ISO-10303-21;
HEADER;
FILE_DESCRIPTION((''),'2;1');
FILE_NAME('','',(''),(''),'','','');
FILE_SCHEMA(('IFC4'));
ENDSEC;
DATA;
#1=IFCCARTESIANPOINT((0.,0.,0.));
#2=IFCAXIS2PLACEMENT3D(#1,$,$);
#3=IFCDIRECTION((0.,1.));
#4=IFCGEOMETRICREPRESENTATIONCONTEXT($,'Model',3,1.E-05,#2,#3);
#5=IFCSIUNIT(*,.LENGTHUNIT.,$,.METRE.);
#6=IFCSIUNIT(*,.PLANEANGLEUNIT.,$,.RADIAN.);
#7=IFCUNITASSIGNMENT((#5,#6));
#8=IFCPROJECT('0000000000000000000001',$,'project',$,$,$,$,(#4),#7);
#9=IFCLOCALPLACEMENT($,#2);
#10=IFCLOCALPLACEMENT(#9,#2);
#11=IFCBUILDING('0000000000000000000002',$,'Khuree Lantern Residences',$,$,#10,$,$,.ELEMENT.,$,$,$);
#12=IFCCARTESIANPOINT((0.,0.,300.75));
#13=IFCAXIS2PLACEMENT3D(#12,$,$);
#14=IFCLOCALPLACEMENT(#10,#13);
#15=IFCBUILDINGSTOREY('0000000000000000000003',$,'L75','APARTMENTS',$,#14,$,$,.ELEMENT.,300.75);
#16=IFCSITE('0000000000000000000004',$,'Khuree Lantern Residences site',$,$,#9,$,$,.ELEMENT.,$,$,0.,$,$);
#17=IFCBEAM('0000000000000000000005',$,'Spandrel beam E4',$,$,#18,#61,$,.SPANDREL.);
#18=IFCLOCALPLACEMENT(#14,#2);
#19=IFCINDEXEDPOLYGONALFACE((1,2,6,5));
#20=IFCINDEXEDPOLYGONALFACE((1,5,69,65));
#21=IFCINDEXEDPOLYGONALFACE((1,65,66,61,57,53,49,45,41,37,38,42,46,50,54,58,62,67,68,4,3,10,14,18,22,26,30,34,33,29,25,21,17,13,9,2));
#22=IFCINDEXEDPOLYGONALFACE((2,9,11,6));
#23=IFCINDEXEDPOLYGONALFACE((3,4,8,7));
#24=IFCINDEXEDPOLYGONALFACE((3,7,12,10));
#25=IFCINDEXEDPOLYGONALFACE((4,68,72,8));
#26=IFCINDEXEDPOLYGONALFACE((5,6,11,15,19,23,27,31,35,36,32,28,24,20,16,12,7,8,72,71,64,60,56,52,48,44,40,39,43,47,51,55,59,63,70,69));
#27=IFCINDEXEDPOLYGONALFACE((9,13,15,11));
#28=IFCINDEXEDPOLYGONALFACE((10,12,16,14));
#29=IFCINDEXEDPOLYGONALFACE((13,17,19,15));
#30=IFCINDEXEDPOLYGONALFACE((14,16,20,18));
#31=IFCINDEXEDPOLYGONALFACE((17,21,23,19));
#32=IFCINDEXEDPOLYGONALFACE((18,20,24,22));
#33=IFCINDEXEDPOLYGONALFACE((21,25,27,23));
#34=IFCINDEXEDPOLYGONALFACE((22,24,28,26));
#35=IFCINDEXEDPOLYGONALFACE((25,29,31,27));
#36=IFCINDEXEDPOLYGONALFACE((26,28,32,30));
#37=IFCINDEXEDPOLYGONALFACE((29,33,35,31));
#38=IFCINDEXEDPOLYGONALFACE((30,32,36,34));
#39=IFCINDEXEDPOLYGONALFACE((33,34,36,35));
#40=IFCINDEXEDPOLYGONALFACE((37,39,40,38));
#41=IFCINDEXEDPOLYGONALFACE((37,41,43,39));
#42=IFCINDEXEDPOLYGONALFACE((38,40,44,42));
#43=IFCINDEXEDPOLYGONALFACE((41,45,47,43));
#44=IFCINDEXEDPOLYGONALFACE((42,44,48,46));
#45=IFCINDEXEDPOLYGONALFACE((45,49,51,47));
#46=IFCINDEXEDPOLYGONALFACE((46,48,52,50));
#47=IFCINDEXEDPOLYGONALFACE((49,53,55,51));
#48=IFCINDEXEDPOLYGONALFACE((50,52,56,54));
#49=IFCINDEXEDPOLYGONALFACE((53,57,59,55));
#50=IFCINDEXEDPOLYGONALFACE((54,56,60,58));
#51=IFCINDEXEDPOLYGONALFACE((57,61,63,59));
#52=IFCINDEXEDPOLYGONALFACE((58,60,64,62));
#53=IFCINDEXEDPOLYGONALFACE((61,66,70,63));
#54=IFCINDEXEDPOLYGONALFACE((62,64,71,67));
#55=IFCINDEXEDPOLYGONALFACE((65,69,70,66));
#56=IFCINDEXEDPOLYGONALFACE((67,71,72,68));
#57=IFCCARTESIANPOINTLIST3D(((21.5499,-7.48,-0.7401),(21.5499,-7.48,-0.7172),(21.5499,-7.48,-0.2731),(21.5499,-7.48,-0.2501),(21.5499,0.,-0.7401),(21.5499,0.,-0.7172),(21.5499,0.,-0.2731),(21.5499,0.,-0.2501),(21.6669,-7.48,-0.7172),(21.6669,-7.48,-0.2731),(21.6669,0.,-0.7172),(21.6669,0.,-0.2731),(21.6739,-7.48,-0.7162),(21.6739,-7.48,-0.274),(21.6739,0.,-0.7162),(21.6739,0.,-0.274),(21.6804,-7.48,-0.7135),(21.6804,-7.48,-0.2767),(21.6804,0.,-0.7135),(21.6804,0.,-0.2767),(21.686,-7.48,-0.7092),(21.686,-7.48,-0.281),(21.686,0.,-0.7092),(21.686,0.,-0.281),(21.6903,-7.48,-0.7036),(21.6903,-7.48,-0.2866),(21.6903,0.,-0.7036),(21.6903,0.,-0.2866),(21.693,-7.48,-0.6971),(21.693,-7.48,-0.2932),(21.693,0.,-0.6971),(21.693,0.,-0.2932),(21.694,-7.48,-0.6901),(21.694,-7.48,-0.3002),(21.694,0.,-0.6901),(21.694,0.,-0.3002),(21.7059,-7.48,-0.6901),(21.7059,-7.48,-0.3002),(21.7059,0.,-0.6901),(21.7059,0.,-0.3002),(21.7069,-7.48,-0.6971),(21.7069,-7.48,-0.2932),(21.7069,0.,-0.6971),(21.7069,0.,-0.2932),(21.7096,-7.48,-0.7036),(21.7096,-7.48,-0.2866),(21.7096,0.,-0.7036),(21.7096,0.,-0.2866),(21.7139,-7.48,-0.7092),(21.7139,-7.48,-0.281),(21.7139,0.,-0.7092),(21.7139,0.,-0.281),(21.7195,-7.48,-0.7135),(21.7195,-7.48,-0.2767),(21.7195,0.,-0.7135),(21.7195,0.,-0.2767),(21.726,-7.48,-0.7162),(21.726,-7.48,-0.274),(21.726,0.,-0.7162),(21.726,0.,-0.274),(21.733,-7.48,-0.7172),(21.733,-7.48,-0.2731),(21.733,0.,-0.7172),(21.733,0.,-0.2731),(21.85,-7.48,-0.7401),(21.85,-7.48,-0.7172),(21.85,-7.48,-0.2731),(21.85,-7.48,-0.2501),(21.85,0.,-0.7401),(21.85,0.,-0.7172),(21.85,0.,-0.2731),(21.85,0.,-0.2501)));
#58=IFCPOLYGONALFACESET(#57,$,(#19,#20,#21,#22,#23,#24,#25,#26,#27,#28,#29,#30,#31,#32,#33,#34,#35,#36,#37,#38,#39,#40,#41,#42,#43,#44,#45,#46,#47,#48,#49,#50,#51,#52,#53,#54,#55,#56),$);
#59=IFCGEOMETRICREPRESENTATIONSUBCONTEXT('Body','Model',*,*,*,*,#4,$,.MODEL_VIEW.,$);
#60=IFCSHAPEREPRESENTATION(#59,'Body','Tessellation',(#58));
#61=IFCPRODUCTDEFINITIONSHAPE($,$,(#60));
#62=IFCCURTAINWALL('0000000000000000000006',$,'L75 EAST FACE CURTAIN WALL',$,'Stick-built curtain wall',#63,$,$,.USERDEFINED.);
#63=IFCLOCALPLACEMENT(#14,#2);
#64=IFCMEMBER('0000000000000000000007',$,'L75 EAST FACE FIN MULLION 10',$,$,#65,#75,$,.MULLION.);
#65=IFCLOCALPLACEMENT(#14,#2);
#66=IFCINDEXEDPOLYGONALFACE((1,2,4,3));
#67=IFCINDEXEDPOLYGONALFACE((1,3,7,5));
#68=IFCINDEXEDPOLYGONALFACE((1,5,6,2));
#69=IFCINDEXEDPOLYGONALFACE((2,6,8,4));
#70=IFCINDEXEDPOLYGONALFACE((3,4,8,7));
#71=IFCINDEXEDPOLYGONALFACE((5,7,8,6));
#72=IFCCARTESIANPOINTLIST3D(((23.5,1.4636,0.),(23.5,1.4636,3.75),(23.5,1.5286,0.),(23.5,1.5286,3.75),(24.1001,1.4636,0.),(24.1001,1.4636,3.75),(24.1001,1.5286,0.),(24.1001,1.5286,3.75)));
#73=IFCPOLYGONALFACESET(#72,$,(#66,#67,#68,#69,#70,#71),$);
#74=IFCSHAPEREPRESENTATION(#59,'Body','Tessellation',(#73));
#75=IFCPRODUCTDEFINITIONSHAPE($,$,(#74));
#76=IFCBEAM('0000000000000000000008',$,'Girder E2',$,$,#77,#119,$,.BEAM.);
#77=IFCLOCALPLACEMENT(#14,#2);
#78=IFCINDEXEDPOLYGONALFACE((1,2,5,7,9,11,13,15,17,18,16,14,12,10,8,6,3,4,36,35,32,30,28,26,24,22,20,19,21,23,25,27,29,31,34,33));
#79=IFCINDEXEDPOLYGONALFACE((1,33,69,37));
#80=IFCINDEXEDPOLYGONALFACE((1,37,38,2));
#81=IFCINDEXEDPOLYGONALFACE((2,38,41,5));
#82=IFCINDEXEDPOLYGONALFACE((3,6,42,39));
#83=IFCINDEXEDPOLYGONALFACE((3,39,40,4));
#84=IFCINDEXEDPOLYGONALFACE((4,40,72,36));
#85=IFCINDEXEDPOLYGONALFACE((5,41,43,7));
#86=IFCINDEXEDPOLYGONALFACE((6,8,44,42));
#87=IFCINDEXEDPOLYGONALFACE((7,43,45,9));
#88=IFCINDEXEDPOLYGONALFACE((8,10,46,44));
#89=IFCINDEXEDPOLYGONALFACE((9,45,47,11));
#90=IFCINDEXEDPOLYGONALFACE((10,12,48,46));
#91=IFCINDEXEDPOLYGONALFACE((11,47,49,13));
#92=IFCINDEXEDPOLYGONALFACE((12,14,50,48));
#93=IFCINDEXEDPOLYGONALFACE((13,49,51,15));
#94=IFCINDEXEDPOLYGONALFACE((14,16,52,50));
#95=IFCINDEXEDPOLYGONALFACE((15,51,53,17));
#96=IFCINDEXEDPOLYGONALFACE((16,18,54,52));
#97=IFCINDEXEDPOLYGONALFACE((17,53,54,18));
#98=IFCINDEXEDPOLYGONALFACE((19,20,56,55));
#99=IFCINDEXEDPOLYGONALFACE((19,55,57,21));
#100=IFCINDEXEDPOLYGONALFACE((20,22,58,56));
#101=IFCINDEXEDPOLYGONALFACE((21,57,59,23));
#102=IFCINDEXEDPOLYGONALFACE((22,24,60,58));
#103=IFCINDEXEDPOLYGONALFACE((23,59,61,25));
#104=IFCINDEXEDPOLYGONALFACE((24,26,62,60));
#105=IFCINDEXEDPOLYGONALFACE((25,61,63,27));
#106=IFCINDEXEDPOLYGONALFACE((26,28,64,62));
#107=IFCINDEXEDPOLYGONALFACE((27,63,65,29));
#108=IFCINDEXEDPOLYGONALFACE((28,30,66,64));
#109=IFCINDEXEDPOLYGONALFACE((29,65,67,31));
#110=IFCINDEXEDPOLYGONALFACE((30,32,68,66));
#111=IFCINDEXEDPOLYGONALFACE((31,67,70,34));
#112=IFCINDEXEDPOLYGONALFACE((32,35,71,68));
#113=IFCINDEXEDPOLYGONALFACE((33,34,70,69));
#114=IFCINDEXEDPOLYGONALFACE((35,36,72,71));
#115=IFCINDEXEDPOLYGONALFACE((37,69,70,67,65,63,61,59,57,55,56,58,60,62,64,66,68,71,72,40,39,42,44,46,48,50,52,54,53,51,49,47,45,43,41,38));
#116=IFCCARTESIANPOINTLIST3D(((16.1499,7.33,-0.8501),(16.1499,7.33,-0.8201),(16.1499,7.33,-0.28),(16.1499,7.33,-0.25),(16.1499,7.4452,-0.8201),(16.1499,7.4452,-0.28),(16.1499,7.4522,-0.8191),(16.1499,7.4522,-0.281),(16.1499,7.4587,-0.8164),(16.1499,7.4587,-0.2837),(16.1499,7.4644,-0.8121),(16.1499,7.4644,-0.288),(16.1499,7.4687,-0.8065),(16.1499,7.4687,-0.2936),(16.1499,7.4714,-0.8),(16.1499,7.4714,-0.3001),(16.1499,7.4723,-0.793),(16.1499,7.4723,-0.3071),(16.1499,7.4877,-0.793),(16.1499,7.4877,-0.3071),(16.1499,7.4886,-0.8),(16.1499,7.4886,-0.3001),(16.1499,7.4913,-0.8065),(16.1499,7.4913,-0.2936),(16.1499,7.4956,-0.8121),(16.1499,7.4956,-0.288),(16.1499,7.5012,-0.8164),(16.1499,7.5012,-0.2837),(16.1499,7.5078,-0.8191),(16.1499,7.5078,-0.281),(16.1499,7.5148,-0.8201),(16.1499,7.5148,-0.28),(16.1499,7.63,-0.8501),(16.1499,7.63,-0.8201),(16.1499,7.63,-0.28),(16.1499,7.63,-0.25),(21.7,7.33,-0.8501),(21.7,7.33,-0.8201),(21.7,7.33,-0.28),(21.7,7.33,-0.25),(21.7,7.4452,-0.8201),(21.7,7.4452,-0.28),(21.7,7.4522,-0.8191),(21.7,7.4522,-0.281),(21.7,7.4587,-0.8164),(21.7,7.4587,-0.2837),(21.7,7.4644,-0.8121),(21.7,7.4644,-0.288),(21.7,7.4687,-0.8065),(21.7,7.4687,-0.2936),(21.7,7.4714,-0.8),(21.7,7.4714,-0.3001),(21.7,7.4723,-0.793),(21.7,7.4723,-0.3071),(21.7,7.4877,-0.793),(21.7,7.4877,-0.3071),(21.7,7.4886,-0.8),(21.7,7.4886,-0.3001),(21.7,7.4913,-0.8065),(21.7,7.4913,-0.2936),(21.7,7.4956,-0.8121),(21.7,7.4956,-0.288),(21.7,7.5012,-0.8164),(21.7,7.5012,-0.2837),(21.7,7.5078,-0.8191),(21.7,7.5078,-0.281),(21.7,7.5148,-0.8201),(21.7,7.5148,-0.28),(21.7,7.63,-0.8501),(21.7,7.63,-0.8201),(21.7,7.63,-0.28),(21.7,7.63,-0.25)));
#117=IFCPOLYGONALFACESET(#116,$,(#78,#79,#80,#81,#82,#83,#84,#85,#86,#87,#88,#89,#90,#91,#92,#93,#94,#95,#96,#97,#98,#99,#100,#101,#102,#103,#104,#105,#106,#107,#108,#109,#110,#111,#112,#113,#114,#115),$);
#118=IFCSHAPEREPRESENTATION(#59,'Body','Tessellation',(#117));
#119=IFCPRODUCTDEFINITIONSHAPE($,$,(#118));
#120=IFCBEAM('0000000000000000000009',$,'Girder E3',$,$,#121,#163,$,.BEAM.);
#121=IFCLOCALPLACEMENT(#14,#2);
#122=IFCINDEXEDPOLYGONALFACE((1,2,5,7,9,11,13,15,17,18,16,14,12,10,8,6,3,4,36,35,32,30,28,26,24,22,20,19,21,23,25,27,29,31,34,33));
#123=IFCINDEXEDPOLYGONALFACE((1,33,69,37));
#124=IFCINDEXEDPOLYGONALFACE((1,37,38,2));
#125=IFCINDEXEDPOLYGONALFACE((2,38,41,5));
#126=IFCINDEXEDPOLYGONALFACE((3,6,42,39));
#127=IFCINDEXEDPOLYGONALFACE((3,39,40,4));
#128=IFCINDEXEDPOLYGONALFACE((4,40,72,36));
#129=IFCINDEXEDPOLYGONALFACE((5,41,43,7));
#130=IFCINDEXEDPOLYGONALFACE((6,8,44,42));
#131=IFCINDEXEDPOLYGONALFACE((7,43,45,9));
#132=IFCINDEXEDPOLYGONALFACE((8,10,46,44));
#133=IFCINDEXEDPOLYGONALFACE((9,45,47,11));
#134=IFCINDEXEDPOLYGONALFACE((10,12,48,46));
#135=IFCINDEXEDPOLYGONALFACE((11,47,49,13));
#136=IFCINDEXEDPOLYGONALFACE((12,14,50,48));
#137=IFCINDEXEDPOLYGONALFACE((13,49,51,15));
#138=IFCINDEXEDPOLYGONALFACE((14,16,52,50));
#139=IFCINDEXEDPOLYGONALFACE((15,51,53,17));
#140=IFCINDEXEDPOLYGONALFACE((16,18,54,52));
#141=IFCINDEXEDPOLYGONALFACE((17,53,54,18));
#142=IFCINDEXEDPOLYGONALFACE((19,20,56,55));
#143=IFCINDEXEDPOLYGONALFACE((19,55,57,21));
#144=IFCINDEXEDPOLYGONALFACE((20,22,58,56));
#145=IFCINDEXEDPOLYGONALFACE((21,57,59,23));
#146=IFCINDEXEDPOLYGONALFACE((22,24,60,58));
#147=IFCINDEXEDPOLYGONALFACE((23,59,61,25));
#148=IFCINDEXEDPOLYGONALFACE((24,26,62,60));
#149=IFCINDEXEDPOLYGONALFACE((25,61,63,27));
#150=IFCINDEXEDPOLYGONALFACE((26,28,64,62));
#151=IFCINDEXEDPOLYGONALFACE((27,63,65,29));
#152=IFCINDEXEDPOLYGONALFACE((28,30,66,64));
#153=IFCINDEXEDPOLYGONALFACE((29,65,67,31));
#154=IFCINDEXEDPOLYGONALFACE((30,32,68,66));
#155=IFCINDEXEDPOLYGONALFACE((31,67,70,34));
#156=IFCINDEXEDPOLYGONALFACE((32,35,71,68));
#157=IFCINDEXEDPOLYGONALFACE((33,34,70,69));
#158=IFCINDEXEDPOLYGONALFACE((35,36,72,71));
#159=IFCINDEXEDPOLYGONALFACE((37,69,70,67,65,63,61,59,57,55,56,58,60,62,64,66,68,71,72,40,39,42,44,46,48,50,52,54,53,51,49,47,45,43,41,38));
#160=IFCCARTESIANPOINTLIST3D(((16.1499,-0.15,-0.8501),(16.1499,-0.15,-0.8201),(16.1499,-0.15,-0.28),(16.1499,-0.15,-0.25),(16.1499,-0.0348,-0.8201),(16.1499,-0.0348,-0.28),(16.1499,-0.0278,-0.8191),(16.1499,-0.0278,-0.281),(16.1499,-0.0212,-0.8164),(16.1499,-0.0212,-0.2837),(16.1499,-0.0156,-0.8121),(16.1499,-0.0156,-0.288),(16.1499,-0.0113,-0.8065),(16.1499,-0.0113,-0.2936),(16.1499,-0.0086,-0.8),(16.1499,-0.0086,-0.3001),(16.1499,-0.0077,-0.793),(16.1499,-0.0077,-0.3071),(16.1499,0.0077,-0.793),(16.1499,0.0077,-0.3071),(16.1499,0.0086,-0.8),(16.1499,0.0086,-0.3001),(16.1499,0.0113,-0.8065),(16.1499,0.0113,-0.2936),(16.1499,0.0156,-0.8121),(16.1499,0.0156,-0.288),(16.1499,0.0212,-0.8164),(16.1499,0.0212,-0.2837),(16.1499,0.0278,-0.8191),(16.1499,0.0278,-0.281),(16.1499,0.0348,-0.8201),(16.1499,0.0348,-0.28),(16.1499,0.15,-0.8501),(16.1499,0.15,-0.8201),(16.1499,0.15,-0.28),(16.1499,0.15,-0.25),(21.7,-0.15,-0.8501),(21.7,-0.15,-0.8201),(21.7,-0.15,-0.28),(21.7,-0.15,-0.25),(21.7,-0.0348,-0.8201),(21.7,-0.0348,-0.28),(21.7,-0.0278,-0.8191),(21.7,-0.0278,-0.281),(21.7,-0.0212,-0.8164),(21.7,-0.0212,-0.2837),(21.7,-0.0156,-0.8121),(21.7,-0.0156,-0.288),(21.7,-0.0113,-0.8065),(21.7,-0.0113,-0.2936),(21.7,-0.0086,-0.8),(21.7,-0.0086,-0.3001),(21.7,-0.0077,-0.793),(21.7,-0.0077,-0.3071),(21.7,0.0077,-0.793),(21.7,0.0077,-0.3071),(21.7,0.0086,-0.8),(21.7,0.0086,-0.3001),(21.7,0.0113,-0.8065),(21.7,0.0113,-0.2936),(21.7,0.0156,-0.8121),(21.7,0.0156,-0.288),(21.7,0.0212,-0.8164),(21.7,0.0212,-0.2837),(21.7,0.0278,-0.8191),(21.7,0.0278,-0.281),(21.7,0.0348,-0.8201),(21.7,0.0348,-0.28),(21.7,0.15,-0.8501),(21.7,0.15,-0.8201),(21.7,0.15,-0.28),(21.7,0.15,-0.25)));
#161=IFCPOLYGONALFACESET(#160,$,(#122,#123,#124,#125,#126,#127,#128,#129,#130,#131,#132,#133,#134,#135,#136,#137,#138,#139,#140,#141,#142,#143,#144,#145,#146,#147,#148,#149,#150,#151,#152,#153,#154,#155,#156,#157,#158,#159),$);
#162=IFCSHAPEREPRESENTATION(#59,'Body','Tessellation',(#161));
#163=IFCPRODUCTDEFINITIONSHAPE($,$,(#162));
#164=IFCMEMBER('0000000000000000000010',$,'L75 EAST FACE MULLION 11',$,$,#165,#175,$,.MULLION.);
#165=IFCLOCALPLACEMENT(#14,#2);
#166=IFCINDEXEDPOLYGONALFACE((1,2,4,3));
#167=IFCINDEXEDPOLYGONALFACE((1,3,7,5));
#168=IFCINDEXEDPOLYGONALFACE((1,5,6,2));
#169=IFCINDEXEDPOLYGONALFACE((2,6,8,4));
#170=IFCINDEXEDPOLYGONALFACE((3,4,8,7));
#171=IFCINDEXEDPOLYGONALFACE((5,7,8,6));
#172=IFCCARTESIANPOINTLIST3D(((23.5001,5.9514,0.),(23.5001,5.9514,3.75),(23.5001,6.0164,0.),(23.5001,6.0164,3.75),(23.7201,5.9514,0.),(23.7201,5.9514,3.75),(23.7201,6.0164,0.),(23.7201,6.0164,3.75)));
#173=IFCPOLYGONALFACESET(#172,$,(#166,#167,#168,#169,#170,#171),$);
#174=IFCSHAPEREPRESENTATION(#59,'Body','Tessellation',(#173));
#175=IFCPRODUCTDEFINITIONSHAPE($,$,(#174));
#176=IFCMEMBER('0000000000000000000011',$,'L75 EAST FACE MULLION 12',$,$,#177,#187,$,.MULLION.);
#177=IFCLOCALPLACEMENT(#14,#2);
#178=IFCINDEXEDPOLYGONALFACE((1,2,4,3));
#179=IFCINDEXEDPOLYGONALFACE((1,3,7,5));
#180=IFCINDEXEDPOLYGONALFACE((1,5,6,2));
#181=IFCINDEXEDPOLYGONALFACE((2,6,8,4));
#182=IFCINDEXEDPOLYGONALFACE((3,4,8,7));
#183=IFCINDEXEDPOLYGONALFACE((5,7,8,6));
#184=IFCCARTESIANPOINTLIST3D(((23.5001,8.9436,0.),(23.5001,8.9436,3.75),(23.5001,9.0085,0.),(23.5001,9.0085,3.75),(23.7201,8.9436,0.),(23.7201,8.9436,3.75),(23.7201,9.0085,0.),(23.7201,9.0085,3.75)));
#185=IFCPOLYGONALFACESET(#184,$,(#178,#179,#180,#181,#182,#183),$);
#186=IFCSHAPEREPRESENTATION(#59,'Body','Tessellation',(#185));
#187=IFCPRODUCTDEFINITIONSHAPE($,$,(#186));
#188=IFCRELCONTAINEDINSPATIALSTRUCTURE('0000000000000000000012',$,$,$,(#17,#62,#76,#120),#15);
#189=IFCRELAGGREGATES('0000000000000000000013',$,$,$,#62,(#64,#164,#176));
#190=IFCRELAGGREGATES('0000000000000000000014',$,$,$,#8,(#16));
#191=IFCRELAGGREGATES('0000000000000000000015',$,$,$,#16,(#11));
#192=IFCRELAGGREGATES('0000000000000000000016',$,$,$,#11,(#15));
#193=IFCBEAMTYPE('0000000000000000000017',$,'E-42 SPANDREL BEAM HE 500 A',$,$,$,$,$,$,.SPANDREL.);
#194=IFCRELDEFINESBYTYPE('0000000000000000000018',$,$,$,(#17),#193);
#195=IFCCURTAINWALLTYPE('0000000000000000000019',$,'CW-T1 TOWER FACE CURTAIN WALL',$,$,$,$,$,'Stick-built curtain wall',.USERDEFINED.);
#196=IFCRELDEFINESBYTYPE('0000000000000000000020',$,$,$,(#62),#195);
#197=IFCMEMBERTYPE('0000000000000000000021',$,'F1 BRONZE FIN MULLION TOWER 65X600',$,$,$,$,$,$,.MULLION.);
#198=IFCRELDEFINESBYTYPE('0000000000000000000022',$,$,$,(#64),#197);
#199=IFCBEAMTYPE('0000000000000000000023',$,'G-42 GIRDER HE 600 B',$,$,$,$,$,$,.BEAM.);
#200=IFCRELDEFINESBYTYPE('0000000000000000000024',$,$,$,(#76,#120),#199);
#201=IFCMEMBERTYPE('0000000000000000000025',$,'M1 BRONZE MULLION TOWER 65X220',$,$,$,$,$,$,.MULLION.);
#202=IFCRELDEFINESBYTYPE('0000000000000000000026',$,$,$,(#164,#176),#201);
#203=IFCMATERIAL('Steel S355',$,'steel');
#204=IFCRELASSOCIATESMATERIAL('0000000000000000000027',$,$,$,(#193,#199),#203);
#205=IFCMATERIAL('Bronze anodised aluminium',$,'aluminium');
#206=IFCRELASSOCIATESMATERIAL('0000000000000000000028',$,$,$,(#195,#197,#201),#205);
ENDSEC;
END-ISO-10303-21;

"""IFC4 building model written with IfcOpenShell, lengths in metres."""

from ifc_helpers import new_model, si_unit, direction, frame, origin, origin_2d, place, context, subcontext, project, spatial, rectangle, i_section, extrude, material, material_profile, profile_set, type_object, element, aggregate, save


model = new_model("IFC4")

# Units and contexts
model_context = context("Model", 3, precision=1e-05, world=origin(), true_north=direction((0.0, 1.0)))
body_context = subcontext(model_context, "Body", "Model", "MODEL_VIEW")
ifc_project = project(units=[si_unit("LENGTHUNIT", "METRE"), si_unit("PLANEANGLEUNIT", "RADIAN")], contexts=[model_context])

# Site, building, storey
site_placement = place(None, origin())
site = spatial("IfcSite", under=ifc_project, at=site_placement, Name="Khuree Lantern Residences site", CompositionType="ELEMENT", RefElevation=0.0)
building_placement = place(site_placement, origin())
building = spatial("IfcBuilding", under=site, at=building_placement, Name="Khuree Lantern Residences", CompositionType="ELEMENT")
storey_placement = place(building_placement, frame((0.0, 0.0, 300.75)))
storey = spatial("IfcBuildingStorey", under=building, at=storey_placement, Name="L75", Description="APARTMENTS", CompositionType="ELEMENT", Elevation=300.75)

# Beam
ifc_material_1 = material(Name="Steel S355", Category="steel")
ifc_material_profile_1 = material_profile(ifc_material_1, i_section(OverallWidth=0.3, OverallDepth=0.49, WebThickness=0.012, FlangeThickness=0.0229, FilletRadius=0.0271, at=origin_2d()), Name="HE 500 A")
ifc_profile_set_1 = profile_set([ifc_material_profile_1], Name="Steel S355")
beam_type_1 = type_object("IfcBeamType", Name="E-42 SPANDREL BEAM HE 500 A", PredefinedType="SPANDREL", material=ifc_profile_set_1)
for number, where, z_axis, x_axis, name in (
    (1, (21.7, 0.0, -0.4951), (0.0, -1.0, 0.0), (1.0, 0.0, 0.0), "Spandrel beam E4"),
):
    element("IfcBeam", number, at=place(storey_placement, frame(where, z_axis=z_axis, x_axis=x_axis)), inside=storey, type_object=beam_type_1, Name=name, PredefinedType="SPANDREL", context=body_context, shape_type="SweptSolid", body=[
        extrude(i_section(OverallWidth=0.3, OverallDepth=0.49, WebThickness=0.012, FlangeThickness=0.0229, FilletRadius=0.0271, at=origin_2d()), origin(), (0.0, 0.0, 1.0), 7.48),
    ])

# Curtain wall, member
ifc_material_2 = material(Name="Bronze anodised aluminium", Category="aluminium")
curtain_wall_type = type_object("IfcCurtainWallType", Name="CW-T1 TOWER FACE CURTAIN WALL", ElementType="Stick-built curtain wall", PredefinedType="USERDEFINED", material=ifc_material_2)
curtain_wall_placement = place(storey_placement, origin())
curtain_wall = element("IfcCurtainWall", 2, at=curtain_wall_placement, inside=storey, type_object=curtain_wall_type, Name="L75 EAST FACE CURTAIN WALL", ObjectType="Stick-built curtain wall", PredefinedType="USERDEFINED")
ifc_material_profile_2 = material_profile(ifc_material_2, rectangle(XDim=0.0649, YDim=0.6001, at=origin_2d()), Name="F1 65X600")
ifc_profile_set_2 = profile_set([ifc_material_profile_2], Name="Bronze anodised aluminium")
member_type_1 = type_object("IfcMemberType", Name="F1 BRONZE FIN MULLION TOWER 65X600", PredefinedType="MULLION", material=ifc_profile_set_2)
member_1_placement = place(storey_placement, frame((23.8, 1.4961, 0.0), z_axis=(0.0, 0.0, 1.0), x_axis=(0.0, 1.0, 0.0)))
member_1 = element("IfcMember", 3, at=member_1_placement, type_object=member_type_1, Name="L75 EAST FACE FIN MULLION 10", PredefinedType="MULLION", context=body_context, shape_type="SweptSolid", body=[
    extrude(rectangle(XDim=0.0649, YDim=0.6001, at=origin_2d()), origin(), (0.0, 0.0, 1.0), 3.75),
])

# Beams
ifc_material_profile_3 = material_profile(ifc_material_1, i_section(OverallWidth=0.3, OverallDepth=0.6001, WebThickness=0.0154, FlangeThickness=0.03, FilletRadius=0.0271, at=origin_2d()), Name="HE 600 B")
ifc_profile_set_3 = profile_set([ifc_material_profile_3], Name="Steel S355")
beam_type_2 = type_object("IfcBeamType", Name="G-42 GIRDER HE 600 B", PredefinedType="BEAM", material=ifc_profile_set_3)
for number, where, z_axis, x_axis, name in (
    (4, (21.7, 7.48, -0.55), (-1.0, 0.0, 0.0), (0.0, -1.0, 0.0), "Girder E2"),
    (5, (21.7, 0.0, -0.55), (-1.0, 0.0, 0.0), (0.0, -1.0, 0.0), "Girder E3"),
):
    element("IfcBeam", number, at=place(storey_placement, frame(where, z_axis=z_axis, x_axis=x_axis)), inside=storey, type_object=beam_type_2, Name=name, PredefinedType="BEAM", context=body_context, shape_type="SweptSolid", body=[
        extrude(i_section(OverallWidth=0.3, OverallDepth=0.6001, WebThickness=0.0154, FlangeThickness=0.03, FilletRadius=0.0271, at=origin_2d()), origin(), (0.0, 0.0, 1.0), 5.55),
    ])

# Members
ifc_material_profile_4 = material_profile(ifc_material_2, rectangle(XDim=0.0649, YDim=0.22, at=origin_2d()), Name="M1 65X220")
ifc_profile_set_4 = profile_set([ifc_material_profile_4], Name="Bronze anodised aluminium")
member_type_2 = type_object("IfcMemberType", Name="M1 BRONZE MULLION TOWER 65X220", PredefinedType="MULLION", material=ifc_profile_set_4)
member_2_placement = place(storey_placement, frame((23.6101, 5.9839, 0.0), z_axis=(0.0, 0.0, 1.0), x_axis=(0.0, 1.0, 0.0)))
member_2 = element("IfcMember", 6, at=member_2_placement, type_object=member_type_2, Name="L75 EAST FACE MULLION 11", PredefinedType="MULLION", context=body_context, shape_type="SweptSolid", body=[
    extrude(rectangle(XDim=0.0649, YDim=0.22, at=origin_2d()), origin(), (0.0, 0.0, 1.0), 3.75),
])
member_3_placement = place(storey_placement, frame((23.6101, 8.9761, 0.0), z_axis=(0.0, 0.0, 1.0), x_axis=(0.0, 1.0, 0.0)))
member_3 = element("IfcMember", 7, at=member_3_placement, type_object=member_type_2, Name="L75 EAST FACE MULLION 12", PredefinedType="MULLION", context=body_context, shape_type="SweptSolid", body=[
    extrude(rectangle(XDim=0.0649, YDim=0.22, at=origin_2d()), origin(), (0.0, 0.0, 1.0), 3.75),
])

aggregate(curtain_wall, [member_1, member_2, member_3])

save(model, "model.ifc")
